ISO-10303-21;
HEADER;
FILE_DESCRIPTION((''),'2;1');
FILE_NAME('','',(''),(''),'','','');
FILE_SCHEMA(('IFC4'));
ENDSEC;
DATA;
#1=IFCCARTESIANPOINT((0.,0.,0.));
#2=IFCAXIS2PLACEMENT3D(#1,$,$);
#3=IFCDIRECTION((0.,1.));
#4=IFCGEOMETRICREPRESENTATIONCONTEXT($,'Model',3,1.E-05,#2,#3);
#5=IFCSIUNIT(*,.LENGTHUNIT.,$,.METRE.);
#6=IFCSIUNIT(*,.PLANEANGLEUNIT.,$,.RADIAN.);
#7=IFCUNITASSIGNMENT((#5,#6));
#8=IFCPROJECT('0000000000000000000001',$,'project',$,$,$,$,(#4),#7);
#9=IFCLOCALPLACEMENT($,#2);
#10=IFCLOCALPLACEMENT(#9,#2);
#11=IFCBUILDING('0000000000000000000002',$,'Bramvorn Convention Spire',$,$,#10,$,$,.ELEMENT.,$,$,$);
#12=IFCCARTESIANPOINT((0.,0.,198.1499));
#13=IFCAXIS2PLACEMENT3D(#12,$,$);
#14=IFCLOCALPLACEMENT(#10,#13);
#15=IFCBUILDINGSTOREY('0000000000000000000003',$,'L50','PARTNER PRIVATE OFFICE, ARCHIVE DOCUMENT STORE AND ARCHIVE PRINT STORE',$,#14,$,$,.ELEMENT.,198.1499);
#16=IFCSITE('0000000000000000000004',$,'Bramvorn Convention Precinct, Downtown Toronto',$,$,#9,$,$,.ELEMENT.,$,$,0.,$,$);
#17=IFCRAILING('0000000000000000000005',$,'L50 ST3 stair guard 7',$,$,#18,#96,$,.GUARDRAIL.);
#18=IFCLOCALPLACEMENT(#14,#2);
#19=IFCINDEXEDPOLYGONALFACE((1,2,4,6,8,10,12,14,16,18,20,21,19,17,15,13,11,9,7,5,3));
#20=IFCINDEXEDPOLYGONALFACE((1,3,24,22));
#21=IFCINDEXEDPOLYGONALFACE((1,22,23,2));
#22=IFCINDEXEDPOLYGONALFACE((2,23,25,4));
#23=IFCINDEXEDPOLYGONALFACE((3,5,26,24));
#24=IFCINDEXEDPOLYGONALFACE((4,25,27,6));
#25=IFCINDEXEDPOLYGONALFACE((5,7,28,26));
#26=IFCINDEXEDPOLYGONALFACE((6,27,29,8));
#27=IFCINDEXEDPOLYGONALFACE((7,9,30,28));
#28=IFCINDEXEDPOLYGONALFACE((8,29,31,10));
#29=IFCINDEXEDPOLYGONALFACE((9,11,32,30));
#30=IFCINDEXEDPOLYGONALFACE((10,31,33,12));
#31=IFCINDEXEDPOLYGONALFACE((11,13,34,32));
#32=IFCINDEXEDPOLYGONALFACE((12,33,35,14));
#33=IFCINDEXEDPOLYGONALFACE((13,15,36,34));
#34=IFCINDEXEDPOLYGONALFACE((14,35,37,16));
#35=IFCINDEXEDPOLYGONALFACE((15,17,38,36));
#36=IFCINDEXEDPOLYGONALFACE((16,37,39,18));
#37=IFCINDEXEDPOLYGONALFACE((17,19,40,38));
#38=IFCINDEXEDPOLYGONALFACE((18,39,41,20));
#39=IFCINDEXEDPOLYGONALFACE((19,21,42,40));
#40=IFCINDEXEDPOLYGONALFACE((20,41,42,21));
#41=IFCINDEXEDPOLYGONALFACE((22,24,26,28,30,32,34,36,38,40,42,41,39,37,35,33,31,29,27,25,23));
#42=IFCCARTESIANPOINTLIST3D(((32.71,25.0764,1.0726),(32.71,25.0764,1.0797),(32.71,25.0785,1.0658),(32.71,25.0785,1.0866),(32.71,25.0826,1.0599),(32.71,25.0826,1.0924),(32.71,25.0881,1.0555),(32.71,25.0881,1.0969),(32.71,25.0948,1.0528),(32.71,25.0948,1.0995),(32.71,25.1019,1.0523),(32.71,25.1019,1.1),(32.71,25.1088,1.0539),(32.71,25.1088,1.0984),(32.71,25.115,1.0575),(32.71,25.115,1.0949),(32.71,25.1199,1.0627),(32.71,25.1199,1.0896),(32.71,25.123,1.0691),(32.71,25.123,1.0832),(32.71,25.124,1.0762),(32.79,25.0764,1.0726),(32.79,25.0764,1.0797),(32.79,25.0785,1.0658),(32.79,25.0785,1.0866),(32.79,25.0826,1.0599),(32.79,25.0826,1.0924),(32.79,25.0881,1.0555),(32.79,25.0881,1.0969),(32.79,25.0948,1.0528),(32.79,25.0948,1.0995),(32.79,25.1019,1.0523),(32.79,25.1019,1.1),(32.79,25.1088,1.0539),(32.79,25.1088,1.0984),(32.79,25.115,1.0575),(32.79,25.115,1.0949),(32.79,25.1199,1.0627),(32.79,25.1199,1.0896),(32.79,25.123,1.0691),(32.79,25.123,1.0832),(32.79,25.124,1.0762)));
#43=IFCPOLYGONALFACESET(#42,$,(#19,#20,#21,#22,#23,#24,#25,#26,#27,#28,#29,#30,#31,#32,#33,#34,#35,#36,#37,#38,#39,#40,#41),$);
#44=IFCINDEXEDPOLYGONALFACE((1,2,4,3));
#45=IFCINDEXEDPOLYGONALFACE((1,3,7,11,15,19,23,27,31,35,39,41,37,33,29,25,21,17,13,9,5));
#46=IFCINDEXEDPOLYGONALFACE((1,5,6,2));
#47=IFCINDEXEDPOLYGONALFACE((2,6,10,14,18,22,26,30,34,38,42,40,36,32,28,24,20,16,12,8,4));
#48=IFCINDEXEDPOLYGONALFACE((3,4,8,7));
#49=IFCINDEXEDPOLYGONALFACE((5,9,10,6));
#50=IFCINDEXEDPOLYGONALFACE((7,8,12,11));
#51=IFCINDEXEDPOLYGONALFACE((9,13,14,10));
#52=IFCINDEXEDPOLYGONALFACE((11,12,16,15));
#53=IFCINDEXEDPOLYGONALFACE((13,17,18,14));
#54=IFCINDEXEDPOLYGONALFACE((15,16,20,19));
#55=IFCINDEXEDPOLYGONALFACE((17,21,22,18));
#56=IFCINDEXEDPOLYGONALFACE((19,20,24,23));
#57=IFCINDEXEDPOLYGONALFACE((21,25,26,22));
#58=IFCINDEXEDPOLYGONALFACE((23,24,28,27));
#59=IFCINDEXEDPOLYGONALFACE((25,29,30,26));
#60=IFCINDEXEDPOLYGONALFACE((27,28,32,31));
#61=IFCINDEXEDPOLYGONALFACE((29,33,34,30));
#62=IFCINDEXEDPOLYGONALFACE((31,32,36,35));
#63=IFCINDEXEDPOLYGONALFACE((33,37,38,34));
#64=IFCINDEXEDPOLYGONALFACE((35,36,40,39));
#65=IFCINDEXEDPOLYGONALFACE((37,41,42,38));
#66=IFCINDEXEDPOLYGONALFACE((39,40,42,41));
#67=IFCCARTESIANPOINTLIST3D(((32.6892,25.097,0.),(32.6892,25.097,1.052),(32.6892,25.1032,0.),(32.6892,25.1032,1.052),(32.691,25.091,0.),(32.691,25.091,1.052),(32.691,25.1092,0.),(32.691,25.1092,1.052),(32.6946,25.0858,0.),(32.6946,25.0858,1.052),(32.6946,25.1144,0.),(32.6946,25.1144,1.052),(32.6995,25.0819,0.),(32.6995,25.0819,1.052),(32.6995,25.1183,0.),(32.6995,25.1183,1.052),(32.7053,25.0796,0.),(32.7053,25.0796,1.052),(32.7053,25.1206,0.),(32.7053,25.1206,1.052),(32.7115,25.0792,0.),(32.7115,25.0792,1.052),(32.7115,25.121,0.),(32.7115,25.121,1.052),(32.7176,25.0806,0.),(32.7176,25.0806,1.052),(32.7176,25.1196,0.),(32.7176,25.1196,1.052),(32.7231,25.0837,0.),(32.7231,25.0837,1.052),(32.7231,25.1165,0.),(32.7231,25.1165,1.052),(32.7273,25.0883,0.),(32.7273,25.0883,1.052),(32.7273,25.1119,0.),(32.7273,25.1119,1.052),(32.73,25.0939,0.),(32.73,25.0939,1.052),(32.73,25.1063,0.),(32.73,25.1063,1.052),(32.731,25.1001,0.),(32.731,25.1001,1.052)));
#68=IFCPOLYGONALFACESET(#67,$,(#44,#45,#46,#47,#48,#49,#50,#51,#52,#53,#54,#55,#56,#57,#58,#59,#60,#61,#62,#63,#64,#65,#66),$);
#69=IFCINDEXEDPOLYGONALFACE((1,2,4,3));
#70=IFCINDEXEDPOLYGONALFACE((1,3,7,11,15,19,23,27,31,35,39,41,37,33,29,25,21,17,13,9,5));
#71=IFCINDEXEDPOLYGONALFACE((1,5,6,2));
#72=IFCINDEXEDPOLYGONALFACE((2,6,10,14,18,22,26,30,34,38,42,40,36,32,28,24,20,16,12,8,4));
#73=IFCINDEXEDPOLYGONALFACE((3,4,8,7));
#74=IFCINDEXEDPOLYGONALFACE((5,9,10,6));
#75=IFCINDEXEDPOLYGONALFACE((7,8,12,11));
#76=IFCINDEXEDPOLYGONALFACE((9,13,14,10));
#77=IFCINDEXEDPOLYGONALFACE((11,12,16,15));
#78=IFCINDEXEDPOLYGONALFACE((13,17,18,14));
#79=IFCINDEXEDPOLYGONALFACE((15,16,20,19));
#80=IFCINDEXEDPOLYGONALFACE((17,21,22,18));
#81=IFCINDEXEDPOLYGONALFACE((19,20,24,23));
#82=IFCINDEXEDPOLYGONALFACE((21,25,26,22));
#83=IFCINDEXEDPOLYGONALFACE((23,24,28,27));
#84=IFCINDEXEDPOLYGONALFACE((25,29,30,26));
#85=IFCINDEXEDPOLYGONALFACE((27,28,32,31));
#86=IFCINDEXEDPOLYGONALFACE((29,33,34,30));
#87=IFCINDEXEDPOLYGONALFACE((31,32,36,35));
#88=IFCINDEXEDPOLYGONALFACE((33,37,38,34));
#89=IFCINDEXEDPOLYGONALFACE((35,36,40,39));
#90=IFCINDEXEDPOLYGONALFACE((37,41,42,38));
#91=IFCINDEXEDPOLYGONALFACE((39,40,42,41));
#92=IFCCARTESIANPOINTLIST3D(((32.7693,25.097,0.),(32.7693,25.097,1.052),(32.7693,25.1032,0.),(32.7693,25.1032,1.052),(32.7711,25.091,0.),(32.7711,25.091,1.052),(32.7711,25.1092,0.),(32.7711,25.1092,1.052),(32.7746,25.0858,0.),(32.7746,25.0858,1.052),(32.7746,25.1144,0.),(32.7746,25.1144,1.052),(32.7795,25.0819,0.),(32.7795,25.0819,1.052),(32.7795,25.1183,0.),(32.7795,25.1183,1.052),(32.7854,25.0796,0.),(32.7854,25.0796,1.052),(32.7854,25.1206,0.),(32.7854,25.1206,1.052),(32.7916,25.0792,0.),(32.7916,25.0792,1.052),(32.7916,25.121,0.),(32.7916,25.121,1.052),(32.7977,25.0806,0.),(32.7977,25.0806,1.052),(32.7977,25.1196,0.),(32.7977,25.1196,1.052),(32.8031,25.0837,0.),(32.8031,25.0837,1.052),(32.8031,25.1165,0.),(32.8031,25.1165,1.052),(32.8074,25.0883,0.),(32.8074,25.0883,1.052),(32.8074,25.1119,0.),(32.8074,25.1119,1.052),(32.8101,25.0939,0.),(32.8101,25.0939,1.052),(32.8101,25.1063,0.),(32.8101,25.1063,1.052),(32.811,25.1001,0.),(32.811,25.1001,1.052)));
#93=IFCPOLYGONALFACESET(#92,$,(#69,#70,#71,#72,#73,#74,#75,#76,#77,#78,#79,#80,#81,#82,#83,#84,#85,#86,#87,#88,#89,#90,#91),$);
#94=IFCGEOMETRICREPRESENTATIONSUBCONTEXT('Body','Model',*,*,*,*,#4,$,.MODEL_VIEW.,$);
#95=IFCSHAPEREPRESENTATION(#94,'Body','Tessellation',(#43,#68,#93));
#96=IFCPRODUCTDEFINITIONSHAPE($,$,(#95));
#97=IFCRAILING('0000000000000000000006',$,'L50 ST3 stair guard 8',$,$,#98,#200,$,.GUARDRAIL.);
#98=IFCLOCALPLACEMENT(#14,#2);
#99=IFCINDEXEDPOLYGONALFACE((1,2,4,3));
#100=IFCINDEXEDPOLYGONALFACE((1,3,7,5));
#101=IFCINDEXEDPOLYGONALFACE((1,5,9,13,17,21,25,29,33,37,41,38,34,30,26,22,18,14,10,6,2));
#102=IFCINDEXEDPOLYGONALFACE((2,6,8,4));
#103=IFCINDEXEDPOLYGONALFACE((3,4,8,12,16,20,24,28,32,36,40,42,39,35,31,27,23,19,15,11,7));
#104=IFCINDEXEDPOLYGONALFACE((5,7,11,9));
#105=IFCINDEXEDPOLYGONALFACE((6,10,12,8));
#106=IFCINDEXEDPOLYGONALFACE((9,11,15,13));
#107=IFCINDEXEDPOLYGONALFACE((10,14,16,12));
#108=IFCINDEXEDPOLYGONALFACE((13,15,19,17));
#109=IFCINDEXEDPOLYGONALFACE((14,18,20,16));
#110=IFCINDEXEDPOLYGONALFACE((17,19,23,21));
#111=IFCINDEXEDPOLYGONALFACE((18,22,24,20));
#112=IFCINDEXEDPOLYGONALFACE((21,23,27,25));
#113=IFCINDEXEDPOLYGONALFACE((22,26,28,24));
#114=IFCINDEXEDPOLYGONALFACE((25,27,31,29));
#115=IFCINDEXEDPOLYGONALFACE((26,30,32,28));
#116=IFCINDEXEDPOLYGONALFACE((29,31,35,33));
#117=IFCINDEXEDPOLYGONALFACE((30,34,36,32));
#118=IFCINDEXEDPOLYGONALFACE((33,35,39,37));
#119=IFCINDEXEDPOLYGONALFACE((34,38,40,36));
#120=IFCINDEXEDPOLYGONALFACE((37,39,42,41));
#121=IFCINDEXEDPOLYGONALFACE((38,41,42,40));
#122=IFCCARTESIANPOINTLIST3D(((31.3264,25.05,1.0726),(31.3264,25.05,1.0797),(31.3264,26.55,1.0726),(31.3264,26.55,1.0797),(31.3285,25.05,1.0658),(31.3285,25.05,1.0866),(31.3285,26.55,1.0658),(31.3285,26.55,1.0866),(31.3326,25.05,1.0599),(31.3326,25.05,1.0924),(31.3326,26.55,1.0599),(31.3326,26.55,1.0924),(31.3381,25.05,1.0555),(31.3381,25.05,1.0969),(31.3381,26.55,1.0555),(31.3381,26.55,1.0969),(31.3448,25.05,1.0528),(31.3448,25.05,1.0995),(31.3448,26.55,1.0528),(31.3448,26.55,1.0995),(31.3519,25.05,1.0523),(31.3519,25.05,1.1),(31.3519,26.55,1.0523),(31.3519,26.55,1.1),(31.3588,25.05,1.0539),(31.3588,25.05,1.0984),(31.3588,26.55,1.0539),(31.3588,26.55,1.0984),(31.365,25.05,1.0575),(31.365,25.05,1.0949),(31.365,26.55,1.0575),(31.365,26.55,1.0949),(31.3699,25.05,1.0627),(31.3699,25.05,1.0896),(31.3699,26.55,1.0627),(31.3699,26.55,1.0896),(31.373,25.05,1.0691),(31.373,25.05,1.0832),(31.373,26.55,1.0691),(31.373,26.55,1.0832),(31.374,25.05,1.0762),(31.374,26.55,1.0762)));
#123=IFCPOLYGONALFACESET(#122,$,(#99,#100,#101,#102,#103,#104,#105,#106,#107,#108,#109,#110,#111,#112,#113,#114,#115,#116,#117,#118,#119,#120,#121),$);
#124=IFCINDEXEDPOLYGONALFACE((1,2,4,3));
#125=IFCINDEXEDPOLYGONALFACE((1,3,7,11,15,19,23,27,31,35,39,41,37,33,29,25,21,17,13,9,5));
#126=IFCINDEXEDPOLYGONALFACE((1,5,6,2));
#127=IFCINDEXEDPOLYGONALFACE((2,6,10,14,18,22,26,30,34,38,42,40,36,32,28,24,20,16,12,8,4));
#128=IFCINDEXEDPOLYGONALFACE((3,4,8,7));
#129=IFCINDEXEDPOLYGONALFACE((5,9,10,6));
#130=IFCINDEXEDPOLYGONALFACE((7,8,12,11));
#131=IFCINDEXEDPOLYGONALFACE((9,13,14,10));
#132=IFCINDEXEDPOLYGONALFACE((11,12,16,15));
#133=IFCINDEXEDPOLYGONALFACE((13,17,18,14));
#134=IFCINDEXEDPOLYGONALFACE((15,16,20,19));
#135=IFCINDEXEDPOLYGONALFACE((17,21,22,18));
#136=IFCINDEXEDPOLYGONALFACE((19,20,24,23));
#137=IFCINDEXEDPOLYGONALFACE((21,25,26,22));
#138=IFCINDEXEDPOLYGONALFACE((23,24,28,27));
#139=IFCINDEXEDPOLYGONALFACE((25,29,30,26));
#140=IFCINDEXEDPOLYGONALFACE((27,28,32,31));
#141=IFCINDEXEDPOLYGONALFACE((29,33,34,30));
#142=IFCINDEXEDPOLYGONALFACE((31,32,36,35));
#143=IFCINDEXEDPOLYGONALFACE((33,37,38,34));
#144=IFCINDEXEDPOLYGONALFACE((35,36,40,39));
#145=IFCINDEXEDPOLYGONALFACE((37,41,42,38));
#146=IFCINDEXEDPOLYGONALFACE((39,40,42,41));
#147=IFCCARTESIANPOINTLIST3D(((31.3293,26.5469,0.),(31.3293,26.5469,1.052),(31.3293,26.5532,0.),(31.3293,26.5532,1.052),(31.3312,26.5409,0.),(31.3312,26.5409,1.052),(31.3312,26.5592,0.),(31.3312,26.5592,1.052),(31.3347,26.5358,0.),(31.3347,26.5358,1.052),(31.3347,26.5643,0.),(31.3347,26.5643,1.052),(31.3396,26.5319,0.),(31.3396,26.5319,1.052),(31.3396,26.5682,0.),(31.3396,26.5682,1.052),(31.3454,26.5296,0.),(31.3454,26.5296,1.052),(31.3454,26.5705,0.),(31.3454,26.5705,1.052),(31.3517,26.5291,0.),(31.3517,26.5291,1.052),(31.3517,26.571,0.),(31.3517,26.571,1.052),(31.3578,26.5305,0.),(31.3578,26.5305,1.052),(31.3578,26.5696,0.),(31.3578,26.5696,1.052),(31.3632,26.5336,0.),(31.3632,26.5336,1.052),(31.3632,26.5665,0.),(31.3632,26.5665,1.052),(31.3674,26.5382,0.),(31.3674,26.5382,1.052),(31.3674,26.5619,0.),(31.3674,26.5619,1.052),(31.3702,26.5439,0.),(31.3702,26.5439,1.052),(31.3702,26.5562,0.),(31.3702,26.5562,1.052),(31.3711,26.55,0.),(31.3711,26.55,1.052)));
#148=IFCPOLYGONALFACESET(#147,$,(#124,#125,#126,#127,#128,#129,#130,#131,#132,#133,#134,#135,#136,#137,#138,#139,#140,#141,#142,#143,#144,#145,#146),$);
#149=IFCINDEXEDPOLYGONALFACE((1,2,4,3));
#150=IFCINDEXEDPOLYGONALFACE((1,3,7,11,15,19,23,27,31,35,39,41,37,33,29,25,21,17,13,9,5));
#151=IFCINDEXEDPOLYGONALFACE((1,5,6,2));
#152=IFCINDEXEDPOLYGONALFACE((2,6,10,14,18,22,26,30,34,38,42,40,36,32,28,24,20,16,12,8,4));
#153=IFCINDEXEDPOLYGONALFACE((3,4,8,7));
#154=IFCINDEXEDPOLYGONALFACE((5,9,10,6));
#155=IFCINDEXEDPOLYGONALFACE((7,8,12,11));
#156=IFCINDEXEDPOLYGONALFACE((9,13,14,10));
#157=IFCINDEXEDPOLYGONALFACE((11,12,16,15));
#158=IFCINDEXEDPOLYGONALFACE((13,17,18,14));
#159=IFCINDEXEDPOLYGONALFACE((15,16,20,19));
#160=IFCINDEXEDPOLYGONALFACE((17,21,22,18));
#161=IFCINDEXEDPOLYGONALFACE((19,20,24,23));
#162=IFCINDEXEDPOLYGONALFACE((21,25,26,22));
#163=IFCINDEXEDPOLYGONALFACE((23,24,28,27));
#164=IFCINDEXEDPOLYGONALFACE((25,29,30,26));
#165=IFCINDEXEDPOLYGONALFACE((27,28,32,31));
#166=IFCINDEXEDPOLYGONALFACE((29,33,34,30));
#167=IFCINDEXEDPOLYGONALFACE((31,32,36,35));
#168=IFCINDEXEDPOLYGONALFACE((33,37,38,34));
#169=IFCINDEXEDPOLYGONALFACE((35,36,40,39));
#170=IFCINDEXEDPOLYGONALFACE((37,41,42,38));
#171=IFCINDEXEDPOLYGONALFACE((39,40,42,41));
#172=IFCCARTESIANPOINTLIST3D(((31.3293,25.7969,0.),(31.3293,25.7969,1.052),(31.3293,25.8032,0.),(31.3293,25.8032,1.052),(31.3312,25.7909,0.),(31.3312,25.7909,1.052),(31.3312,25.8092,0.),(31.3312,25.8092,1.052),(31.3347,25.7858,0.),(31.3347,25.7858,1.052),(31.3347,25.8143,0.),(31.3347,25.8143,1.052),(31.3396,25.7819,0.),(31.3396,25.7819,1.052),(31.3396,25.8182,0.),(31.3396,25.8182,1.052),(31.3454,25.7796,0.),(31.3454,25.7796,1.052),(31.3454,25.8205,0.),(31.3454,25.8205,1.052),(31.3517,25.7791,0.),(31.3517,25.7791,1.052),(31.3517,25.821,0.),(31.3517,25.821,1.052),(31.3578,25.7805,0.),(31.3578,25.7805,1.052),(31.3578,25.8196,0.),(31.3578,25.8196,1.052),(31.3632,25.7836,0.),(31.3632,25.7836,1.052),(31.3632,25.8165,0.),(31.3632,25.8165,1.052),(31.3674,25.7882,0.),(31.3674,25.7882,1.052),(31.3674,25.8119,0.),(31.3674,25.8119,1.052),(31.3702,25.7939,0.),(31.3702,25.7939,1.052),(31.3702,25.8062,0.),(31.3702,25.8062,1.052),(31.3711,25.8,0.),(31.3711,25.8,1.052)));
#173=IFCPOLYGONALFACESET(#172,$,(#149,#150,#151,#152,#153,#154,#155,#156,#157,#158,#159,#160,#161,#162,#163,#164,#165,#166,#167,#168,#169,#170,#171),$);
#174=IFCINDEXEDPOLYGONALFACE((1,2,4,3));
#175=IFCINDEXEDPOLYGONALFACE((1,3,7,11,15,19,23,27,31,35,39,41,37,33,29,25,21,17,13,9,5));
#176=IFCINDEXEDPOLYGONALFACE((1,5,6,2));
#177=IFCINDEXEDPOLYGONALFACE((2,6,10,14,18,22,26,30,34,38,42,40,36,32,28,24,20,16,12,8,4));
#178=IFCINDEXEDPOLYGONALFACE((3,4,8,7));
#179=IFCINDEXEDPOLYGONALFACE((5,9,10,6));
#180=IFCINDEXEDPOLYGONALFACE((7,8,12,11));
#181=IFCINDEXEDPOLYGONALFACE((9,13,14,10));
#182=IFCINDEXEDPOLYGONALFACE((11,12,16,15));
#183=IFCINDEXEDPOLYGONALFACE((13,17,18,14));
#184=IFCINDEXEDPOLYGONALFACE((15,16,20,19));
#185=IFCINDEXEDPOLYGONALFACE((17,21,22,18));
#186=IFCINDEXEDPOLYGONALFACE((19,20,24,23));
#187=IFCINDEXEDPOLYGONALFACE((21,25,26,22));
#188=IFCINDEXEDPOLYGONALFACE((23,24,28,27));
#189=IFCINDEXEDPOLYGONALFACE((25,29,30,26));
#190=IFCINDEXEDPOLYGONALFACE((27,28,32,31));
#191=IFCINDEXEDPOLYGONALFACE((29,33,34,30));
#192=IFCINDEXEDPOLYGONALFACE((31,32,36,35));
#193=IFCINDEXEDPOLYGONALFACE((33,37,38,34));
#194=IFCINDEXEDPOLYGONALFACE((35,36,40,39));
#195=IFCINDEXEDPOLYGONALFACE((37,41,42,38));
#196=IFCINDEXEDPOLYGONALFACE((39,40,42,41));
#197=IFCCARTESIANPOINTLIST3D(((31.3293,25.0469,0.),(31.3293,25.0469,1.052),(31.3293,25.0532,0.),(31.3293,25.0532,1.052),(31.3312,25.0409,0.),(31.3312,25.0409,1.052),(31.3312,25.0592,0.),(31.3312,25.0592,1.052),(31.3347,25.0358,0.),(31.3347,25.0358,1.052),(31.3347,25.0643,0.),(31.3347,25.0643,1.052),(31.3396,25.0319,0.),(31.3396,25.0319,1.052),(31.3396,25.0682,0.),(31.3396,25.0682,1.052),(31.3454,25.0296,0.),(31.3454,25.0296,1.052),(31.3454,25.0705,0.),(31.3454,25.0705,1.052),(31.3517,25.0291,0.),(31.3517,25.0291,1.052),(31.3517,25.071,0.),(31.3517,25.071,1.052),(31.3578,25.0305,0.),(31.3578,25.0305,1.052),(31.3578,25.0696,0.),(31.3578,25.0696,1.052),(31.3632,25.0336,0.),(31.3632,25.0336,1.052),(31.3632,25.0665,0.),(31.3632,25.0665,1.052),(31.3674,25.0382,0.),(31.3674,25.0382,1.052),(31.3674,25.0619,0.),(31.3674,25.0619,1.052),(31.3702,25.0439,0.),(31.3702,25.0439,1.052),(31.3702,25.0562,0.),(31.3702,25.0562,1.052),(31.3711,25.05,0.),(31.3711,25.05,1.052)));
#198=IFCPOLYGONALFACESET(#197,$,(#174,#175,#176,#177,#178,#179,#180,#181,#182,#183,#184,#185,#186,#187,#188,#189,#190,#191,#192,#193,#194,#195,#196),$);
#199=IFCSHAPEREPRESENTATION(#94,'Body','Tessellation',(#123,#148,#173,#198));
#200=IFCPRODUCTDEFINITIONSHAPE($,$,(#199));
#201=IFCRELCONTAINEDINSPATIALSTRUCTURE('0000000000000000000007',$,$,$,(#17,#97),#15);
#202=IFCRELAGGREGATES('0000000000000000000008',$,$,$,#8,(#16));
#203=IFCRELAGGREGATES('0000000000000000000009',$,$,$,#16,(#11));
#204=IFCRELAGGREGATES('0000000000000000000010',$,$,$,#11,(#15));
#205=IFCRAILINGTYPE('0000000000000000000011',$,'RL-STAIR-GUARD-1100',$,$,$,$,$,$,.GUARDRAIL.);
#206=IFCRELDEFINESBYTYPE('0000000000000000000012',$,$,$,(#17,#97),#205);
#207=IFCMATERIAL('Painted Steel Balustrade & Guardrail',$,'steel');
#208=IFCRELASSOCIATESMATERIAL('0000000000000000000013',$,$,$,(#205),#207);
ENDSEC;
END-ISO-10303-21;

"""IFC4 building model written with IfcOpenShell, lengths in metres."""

from ifc_helpers import new_model, si_unit, direction, frame, origin, origin_2d, place, context, subcontext, project, spatial, circle, extrude, material, type_object, element, save


model = new_model("IFC4")

# Units and contexts
model_context = context("Model", 3, precision=1e-05, world=origin(), true_north=direction((0.0, 1.0)))
body_context = subcontext(model_context, "Body", "Model", "MODEL_VIEW")
ifc_project = project(units=[si_unit("LENGTHUNIT", "METRE"), si_unit("PLANEANGLEUNIT", "RADIAN")], contexts=[model_context])

# Site, building, storey
site_placement = place(None, origin())
site = spatial("IfcSite", under=ifc_project, at=site_placement, Name="Bramvorn Convention Precinct, Downtown Toronto", CompositionType="ELEMENT", RefElevation=0.0)
building_placement = place(site_placement, origin())
building = spatial("IfcBuilding", under=site, at=building_placement, Name="Bramvorn Convention Spire", CompositionType="ELEMENT")
storey_placement = place(building_placement, frame((0.0, 0.0, 198.1499)))
storey = spatial("IfcBuildingStorey", under=building, at=storey_placement, Name="L50", Description="PARTNER PRIVATE OFFICE, ARCHIVE DOCUMENT STORE AND ARCHIVE PRINT STORE", CompositionType="ELEMENT", Elevation=198.1499)

# Railings
ifc_material_1 = material(Name="Painted Steel Balustrade & Guardrail", Category="steel")
railing_type_1 = type_object("IfcRailingType", Name="RL-STAIR-GUARD-1100", PredefinedType="GUARDRAIL", material=ifc_material_1)
railing_1_placement = place(storey_placement, frame((32.71, 25.1001, 0.0)))
element("IfcRailing", 1, at=railing_1_placement, inside=storey, type_object=railing_type_1, Name="L50 ST3 stair guard 7", PredefinedType="GUARDRAIL", context=body_context, shape_type="SweptSolid", body=[
    extrude(circle(Radius=0.0239, at=origin_2d()), frame((0.0, 0.0, 1.0762), z_axis=(1.0, 0.0, 0.0), x_axis=(0.0, 1.0, 0.0)), (0.0, 0.0, 1.0), 0.0801),
    extrude(circle(Radius=0.021, at=origin_2d()), origin(), (0.0, 0.0, 1.0), 1.052),
    extrude(circle(Radius=0.021, at=origin_2d()), frame((0.0801, 0.0, 0.0)), (0.0, 0.0, 1.0), 1.052),
])
railing_2_placement = place(storey_placement, frame((31.3501, 26.55, 0.0)))
element("IfcRailing", 2, at=railing_2_placement, inside=storey, type_object=railing_type_1, Name="L50 ST3 stair guard 8", PredefinedType="GUARDRAIL", context=body_context, shape_type="SweptSolid", body=[
    extrude(circle(Radius=0.0239, at=origin_2d()), frame((0.0, 0.0, 1.0762), z_axis=(0.0, -1.0, 0.0), x_axis=(1.0, 0.0, 0.0)), (0.0, 0.0, 1.0), 1.5),
    extrude(circle(Radius=0.021, at=origin_2d()), origin(), (0.0, 0.0, 1.0), 1.052),
    extrude(circle(Radius=0.021, at=origin_2d()), frame((0.0, -0.75, 0.0)), (0.0, 0.0, 1.0), 1.052),
    extrude(circle(Radius=0.021, at=origin_2d()), frame((0.0, -1.5, 0.0)), (0.0, 0.0, 1.0), 1.052),
])

save(model, "model.ifc")
